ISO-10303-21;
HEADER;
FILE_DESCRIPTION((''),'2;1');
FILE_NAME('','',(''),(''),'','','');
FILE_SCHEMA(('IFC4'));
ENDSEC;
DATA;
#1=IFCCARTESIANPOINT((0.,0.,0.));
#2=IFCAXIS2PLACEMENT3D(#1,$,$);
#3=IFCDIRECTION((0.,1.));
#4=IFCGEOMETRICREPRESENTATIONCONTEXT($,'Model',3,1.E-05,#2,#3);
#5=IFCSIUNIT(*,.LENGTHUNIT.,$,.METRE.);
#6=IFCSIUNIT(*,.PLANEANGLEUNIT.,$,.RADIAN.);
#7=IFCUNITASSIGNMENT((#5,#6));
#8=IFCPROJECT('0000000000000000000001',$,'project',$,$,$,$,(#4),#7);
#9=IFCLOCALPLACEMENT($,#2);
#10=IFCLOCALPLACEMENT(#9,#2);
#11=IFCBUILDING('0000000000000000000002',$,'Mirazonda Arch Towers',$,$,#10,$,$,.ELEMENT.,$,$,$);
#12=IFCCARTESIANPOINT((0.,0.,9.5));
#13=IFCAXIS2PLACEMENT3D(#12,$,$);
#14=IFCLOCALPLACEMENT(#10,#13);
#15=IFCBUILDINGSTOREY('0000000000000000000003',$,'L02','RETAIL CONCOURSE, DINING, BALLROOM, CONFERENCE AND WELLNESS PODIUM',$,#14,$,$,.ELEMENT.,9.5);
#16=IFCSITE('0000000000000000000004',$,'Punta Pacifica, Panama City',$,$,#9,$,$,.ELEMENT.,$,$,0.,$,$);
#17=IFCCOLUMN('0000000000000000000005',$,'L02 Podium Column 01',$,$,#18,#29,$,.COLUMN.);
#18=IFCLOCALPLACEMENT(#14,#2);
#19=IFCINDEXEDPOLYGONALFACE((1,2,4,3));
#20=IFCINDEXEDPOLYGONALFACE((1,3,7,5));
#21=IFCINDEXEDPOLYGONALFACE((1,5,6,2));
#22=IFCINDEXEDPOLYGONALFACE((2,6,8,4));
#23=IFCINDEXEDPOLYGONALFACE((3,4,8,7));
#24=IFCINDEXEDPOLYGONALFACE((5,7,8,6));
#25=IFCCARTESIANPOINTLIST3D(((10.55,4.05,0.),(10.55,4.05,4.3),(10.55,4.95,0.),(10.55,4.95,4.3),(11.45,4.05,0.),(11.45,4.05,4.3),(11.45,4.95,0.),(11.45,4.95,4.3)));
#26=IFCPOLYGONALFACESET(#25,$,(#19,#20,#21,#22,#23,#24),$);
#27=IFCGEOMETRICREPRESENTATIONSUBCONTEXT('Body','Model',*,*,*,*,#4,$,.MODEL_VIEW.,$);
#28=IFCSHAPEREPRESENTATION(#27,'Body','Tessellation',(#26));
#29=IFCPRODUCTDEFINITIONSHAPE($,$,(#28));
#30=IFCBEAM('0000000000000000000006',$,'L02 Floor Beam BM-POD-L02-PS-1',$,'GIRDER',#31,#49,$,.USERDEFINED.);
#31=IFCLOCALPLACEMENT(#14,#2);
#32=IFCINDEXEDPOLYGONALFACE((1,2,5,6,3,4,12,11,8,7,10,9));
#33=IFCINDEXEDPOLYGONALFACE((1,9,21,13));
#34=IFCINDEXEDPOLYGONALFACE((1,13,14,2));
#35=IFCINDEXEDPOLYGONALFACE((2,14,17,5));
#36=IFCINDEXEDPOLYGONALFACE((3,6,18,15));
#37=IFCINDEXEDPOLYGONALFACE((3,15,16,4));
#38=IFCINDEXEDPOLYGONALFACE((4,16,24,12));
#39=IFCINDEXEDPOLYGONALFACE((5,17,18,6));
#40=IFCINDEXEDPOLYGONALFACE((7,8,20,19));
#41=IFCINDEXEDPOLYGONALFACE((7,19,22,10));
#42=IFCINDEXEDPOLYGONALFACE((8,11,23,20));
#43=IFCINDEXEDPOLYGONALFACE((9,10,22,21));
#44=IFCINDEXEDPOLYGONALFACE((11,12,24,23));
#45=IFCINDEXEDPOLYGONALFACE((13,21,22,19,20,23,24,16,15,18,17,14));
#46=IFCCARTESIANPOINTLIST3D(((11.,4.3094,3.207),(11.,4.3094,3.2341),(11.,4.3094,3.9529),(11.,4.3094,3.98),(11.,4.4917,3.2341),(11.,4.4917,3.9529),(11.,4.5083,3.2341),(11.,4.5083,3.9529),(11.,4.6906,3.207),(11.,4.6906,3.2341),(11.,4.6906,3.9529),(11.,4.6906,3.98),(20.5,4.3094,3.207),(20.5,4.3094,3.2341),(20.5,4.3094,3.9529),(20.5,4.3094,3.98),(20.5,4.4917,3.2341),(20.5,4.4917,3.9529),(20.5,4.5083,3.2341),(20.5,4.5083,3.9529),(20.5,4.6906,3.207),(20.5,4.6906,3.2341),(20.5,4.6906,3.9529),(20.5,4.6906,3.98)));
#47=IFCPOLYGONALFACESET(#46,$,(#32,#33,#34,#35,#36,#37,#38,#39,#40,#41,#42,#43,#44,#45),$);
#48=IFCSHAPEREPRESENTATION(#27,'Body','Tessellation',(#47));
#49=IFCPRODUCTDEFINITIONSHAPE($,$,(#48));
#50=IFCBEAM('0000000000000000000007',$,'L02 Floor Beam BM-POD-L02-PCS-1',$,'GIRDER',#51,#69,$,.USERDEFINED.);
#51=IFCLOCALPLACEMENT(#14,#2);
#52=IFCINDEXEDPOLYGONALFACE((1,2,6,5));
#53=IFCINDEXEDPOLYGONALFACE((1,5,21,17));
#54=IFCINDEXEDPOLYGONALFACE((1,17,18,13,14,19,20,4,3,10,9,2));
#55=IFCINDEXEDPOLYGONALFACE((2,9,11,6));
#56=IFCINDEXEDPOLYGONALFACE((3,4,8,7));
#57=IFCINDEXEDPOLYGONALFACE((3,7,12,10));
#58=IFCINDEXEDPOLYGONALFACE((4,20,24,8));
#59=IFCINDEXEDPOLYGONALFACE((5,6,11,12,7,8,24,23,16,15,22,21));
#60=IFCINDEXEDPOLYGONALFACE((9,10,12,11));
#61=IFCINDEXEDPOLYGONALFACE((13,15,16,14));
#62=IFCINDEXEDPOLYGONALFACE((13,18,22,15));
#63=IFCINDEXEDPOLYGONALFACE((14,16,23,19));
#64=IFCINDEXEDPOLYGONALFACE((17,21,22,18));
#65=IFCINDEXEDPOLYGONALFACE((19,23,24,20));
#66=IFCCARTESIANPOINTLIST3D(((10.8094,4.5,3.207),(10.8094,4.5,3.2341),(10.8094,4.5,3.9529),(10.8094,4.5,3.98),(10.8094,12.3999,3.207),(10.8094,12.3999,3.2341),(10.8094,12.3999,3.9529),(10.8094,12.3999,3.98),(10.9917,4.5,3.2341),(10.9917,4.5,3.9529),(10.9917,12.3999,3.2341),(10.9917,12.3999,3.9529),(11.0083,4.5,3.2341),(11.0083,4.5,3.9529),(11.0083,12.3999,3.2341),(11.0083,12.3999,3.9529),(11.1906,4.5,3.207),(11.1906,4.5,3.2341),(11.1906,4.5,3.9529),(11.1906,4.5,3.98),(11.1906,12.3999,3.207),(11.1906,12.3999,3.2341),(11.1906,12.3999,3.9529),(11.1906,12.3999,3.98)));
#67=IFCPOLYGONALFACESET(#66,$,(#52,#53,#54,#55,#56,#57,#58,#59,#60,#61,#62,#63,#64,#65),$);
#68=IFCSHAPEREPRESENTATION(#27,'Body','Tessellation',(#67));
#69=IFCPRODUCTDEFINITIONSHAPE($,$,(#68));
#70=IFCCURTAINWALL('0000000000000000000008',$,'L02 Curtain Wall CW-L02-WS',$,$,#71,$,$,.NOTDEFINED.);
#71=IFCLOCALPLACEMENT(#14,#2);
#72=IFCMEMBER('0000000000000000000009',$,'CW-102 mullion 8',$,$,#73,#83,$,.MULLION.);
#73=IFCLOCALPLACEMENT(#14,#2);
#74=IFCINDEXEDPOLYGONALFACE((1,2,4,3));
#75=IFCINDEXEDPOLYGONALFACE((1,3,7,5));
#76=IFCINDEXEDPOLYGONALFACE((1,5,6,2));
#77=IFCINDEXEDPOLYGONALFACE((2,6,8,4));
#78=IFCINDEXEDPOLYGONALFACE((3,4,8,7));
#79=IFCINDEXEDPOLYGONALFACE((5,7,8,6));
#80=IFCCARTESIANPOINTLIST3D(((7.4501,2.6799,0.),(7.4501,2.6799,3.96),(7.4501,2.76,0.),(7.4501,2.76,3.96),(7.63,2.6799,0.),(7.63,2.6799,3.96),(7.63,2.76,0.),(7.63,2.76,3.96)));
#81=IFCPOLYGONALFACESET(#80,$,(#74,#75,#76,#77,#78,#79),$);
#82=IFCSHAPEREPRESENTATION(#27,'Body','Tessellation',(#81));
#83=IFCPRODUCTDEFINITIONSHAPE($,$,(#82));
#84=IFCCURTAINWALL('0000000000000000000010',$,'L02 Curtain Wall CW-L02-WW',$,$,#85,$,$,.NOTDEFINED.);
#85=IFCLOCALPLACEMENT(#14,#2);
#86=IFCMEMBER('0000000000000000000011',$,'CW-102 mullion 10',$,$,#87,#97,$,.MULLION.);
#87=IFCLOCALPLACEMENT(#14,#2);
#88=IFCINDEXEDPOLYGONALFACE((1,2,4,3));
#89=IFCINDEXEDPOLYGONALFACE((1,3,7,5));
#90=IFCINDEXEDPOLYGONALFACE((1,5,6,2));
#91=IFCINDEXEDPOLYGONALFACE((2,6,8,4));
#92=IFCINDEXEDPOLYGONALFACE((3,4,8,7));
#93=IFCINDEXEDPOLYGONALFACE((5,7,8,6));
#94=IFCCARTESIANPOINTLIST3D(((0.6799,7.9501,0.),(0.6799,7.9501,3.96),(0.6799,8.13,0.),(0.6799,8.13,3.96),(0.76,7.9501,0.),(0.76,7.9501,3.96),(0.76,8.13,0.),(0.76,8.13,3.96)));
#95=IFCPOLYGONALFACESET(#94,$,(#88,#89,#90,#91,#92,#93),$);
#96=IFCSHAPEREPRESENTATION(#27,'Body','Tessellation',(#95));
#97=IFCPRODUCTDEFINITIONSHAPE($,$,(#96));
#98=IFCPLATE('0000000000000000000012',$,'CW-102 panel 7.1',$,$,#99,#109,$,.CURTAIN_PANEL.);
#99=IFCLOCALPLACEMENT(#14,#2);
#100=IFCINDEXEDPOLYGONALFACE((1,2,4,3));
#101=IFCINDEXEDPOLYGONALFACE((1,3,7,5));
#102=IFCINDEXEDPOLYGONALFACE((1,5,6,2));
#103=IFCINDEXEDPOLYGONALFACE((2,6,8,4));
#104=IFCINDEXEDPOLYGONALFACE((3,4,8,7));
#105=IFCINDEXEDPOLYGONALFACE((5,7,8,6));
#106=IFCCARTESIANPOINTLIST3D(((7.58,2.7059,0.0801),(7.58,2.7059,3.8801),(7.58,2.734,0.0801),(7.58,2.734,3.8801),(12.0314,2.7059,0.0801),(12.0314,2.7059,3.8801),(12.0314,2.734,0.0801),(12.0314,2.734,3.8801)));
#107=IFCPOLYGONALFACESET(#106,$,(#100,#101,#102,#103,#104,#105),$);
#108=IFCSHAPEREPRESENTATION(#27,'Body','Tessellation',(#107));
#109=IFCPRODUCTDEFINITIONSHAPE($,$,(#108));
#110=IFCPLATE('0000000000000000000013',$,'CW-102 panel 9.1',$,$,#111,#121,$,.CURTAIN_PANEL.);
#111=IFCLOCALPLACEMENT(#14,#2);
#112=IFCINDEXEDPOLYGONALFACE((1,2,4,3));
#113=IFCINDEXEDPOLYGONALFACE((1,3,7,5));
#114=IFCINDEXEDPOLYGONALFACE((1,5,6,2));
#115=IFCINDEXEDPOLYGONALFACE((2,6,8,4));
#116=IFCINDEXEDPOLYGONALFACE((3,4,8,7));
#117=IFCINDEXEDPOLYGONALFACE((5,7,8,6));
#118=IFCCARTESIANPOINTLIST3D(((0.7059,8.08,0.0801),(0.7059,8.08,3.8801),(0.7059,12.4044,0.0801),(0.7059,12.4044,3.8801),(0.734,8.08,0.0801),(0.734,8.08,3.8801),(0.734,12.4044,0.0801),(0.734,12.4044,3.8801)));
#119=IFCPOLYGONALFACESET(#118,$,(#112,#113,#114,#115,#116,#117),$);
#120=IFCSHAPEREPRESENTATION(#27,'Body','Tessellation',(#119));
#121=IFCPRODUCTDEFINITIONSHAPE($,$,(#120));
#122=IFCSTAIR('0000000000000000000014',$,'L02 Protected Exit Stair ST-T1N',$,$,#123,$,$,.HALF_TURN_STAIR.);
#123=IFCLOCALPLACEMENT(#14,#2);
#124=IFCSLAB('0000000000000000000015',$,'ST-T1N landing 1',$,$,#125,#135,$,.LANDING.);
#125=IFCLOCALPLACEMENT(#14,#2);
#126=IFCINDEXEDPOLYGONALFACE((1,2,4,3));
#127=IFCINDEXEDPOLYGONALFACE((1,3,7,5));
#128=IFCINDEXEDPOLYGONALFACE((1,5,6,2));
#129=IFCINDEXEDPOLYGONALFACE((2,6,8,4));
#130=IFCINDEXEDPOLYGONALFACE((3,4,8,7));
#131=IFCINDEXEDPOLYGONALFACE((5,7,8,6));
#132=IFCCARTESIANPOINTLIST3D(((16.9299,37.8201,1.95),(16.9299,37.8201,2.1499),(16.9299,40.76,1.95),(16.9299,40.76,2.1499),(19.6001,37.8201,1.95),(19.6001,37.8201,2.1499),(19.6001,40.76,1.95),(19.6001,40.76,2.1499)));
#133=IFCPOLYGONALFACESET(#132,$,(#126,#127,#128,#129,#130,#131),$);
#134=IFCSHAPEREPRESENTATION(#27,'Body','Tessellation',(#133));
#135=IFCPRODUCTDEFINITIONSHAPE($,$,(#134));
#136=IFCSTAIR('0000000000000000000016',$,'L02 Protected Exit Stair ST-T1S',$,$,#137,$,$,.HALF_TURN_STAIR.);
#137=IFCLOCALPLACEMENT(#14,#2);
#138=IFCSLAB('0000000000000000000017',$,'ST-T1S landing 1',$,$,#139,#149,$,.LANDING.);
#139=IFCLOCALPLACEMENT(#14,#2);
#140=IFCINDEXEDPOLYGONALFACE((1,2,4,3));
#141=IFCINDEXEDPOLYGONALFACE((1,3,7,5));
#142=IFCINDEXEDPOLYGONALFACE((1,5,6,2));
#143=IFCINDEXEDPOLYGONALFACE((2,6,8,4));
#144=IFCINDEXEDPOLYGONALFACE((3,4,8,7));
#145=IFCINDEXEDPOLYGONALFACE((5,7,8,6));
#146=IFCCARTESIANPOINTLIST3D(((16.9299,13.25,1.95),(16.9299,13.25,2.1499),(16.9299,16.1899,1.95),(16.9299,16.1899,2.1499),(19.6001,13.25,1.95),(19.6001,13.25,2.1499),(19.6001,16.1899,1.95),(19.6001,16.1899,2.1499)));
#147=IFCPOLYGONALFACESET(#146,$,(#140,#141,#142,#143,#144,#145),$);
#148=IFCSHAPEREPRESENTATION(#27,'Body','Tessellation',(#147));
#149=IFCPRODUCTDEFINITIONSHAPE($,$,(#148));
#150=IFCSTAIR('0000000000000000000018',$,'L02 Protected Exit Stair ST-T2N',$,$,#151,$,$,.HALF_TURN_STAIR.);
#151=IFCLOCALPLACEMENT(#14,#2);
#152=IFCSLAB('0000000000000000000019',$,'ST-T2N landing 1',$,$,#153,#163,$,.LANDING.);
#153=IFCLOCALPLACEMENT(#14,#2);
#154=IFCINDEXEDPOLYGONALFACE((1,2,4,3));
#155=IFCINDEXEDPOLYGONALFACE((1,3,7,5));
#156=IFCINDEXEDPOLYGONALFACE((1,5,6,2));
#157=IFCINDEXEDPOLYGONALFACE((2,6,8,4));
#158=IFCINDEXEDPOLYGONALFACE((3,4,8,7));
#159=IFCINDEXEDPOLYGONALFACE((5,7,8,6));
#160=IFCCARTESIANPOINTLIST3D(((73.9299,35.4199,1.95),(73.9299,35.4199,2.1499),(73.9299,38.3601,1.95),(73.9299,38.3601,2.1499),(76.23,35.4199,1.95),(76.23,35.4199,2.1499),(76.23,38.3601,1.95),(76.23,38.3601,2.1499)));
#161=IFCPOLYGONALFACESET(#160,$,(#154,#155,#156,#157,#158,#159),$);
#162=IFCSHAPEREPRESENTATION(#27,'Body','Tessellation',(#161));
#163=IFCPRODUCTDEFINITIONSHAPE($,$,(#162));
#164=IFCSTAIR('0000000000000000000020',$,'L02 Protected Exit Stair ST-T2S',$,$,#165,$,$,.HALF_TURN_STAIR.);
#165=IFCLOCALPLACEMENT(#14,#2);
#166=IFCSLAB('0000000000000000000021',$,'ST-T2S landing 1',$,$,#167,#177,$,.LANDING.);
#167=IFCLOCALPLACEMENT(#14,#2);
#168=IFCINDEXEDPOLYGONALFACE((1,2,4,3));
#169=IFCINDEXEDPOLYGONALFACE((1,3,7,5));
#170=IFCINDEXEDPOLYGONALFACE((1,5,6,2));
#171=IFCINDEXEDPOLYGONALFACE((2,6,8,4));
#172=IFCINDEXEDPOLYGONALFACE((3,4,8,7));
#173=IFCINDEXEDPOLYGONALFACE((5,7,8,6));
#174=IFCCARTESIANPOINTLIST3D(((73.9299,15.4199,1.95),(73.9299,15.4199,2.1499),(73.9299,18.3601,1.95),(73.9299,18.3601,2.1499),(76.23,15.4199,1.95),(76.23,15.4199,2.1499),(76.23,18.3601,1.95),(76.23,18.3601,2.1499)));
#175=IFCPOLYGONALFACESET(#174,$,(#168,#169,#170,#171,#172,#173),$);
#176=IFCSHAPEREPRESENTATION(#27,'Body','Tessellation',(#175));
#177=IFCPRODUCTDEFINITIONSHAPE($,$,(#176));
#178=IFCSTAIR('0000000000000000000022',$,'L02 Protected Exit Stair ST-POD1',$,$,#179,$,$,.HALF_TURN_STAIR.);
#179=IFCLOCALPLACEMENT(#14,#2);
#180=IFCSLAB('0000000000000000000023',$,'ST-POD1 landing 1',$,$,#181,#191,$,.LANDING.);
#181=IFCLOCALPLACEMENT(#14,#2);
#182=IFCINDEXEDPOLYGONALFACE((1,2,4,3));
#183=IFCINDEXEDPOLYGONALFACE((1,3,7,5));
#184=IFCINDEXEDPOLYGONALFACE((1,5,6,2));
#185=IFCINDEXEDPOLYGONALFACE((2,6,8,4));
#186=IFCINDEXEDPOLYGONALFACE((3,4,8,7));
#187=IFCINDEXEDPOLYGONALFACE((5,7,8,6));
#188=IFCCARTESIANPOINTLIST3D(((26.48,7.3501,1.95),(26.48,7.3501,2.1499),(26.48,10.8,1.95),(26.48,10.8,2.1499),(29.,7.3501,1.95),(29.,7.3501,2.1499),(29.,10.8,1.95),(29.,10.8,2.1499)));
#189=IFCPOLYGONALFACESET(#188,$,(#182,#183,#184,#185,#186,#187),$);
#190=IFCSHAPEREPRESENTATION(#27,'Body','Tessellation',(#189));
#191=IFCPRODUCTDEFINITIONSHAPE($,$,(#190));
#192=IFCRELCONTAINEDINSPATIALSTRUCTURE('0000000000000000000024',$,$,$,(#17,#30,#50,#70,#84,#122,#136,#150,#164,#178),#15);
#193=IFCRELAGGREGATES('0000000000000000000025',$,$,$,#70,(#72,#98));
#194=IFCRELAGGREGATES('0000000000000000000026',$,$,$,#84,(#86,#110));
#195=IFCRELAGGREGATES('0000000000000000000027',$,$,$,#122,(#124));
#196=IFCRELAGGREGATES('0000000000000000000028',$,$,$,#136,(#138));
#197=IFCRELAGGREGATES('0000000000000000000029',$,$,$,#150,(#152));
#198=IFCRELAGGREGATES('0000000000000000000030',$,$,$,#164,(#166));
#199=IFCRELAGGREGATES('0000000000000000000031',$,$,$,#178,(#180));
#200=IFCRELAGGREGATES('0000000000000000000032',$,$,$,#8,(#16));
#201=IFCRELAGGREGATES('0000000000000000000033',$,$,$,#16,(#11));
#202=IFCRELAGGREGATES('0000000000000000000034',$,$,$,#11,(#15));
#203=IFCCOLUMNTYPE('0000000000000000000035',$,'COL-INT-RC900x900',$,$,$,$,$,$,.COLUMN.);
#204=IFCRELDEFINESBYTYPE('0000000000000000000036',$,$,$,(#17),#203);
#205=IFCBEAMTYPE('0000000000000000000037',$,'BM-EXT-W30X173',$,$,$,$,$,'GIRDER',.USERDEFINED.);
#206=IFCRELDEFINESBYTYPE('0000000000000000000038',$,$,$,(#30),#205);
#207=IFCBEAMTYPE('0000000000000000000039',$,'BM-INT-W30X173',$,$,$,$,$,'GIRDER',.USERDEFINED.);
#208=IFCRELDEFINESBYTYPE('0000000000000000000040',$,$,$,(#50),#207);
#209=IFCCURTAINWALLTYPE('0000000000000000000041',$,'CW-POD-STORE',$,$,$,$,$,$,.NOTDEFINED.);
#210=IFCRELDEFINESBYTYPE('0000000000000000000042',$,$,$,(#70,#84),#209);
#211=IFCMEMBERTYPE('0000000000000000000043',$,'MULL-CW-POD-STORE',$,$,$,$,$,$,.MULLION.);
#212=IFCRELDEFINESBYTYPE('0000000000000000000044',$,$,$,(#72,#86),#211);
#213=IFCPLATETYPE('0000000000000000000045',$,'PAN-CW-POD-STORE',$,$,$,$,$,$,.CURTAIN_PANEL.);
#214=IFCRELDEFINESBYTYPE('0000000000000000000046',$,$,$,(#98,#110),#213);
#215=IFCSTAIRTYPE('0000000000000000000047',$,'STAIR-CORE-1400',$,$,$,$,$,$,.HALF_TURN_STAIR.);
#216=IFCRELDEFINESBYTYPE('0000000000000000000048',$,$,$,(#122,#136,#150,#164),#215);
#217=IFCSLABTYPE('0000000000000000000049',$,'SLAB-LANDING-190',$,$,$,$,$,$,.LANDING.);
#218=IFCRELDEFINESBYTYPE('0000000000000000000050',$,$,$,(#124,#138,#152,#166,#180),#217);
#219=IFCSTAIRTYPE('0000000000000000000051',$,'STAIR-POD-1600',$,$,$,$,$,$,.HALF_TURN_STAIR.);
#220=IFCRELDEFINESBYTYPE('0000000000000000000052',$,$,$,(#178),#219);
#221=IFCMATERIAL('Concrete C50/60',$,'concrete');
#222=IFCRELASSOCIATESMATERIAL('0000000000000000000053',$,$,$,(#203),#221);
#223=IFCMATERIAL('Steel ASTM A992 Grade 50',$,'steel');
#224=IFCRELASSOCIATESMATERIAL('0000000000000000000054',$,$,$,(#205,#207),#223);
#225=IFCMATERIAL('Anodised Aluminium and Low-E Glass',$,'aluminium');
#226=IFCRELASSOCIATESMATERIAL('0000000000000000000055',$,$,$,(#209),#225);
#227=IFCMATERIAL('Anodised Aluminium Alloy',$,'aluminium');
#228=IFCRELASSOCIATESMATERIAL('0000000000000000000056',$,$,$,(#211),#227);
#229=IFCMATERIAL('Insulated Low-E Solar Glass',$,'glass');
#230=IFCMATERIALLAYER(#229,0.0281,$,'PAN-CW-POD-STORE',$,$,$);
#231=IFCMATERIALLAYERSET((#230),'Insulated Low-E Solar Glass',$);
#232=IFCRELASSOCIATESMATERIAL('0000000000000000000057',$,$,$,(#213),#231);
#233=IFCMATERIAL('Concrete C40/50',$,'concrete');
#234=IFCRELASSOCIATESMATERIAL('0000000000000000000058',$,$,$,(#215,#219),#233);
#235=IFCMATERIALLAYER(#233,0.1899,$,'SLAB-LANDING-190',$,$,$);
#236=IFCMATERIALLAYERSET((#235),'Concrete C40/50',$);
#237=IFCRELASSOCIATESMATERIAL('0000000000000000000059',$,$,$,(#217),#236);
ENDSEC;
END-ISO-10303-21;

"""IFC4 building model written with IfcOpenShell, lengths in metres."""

from ifc_helpers import new_model, si_unit, direction, frame, origin, origin_2d, place, context, subcontext, project, spatial, polyline, rectangle, i_section, outline, extrude, material, layer, layer_set, material_profile, profile_set, type_object, element, aggregate, save


model = new_model("IFC4")

# Units and contexts
model_context = context("Model", 3, precision=1e-05, world=origin(), true_north=direction((0.0, 1.0)))
body_context = subcontext(model_context, "Body", "Model", "MODEL_VIEW")
ifc_project = project(units=[si_unit("LENGTHUNIT", "METRE"), si_unit("PLANEANGLEUNIT", "RADIAN")], contexts=[model_context])

# Site, building, storey
site_placement = place(None, origin())
site = spatial("IfcSite", under=ifc_project, at=site_placement, Name="Punta Pacifica, Panama City", CompositionType="ELEMENT", RefElevation=0.0)
building_placement = place(site_placement, origin())
building = spatial("IfcBuilding", under=site, at=building_placement, Name="Mirazonda Arch Towers", CompositionType="ELEMENT")
storey_placement = place(building_placement, frame((0.0, 0.0, 9.5)))
storey = spatial("IfcBuildingStorey", under=building, at=storey_placement, Name="L02", Description="RETAIL CONCOURSE, DINING, BALLROOM, CONFERENCE AND WELLNESS PODIUM", CompositionType="ELEMENT", Elevation=9.5)

# Column
ifc_material_1 = material(Name="Concrete C50/60", Category="concrete")
ifc_material_profile_1 = material_profile(ifc_material_1, rectangle(XDim=0.8999, YDim=0.8999, at=origin_2d()), Name="RC900x900")
ifc_profile_set_1 = profile_set([ifc_material_profile_1], Name="Concrete C50/60")
column_type = type_object("IfcColumnType", Name="COL-INT-RC900x900", PredefinedType="COLUMN", material=ifc_profile_set_1)
column_placement = place(storey_placement, frame((11.0, 4.5, 0.0), z_axis=(0.0, 0.0, 1.0), x_axis=(1.0, 0.0, 0.0)))
element("IfcColumn", 1, at=column_placement, inside=storey, type_object=column_type, Name="L02 Podium Column 01", PredefinedType="COLUMN", context=body_context, shape_type="SweptSolid", body=[
    extrude(rectangle(XDim=0.8999, YDim=0.8999, at=origin_2d()), origin(), (0.0, 0.0, 1.0), 4.3),
])

# Beams
ifc_material_2 = material(Name="Steel ASTM A992 Grade 50", Category="steel")
ifc_material_profile_2 = material_profile(ifc_material_2, i_section(OverallWidth=0.3811, OverallDepth=0.7729, WebThickness=0.0166, FlangeThickness=0.0271, at=origin_2d()), Name="W30X173")
ifc_profile_set_2 = profile_set([ifc_material_profile_2], Name="Steel ASTM A992 Grade 50")
beam_type_1 = type_object("IfcBeamType", Name="BM-EXT-W30X173", ElementType="GIRDER", PredefinedType="USERDEFINED", material=ifc_profile_set_2)
beam_1_placement = place(storey_placement, frame((11.0, 4.5, 3.5935), z_axis=(1.0, 0.0, 0.0), x_axis=(0.0, 1.0, 0.0)))
element("IfcBeam", 2, at=beam_1_placement, inside=storey, type_object=beam_type_1, Name="L02 Floor Beam BM-POD-L02-PS-1", ObjectType="GIRDER", PredefinedType="USERDEFINED", context=body_context, shape_type="SweptSolid", body=[
    extrude(i_section(OverallWidth=0.3811, OverallDepth=0.7729, WebThickness=0.0166, FlangeThickness=0.0271, at=origin_2d()), origin(), (0.0, 0.0, 1.0), 9.5),
])
ifc_material_profile_3 = material_profile(ifc_material_2, i_section(OverallWidth=0.3811, OverallDepth=0.7729, WebThickness=0.0166, FlangeThickness=0.0271, at=origin_2d()), Name="W30X173")
ifc_profile_set_3 = profile_set([ifc_material_profile_3], Name="Steel ASTM A992 Grade 50")
beam_type_2 = type_object("IfcBeamType", Name="BM-INT-W30X173", ElementType="GIRDER", PredefinedType="USERDEFINED", material=ifc_profile_set_3)
beam_2_placement = place(storey_placement, frame((11.0, 4.5, 3.5935), z_axis=(0.0, 1.0, 0.0), x_axis=(-1.0, 0.0, 0.0)))
element("IfcBeam", 3, at=beam_2_placement, inside=storey, type_object=beam_type_2, Name="L02 Floor Beam BM-POD-L02-PCS-1", ObjectType="GIRDER", PredefinedType="USERDEFINED", context=body_context, shape_type="SweptSolid", body=[
    extrude(i_section(OverallWidth=0.3811, OverallDepth=0.7729, WebThickness=0.0166, FlangeThickness=0.0271, at=origin_2d()), origin(), (0.0, 0.0, 1.0), 7.8999),
])

# Curtain walls, members
ifc_material_3 = material(Name="Anodised Aluminium and Low-E Glass", Category="aluminium")
curtain_wall_type = type_object("IfcCurtainWallType", Name="CW-POD-STORE", PredefinedType="NOTDEFINED", material=ifc_material_3)
curtain_wall_1_placement = place(storey_placement, origin())
curtain_wall_1 = element("IfcCurtainWall", 4, at=curtain_wall_1_placement, inside=storey, type_object=curtain_wall_type, Name="L02 Curtain Wall CW-L02-WS", PredefinedType="NOTDEFINED")
ifc_material_4 = material(Name="Anodised Aluminium Alloy", Category="aluminium")
ifc_material_profile_4 = material_profile(ifc_material_4, rectangle(XDim=0.0801, YDim=0.1799, at=origin_2d()), Name="ALU-MULL-80x180")
ifc_profile_set_4 = profile_set([ifc_material_profile_4], Name="Anodised Aluminium Alloy")
member_type = type_object("IfcMemberType", Name="MULL-CW-POD-STORE", PredefinedType="MULLION", material=ifc_profile_set_4)
member_1_placement = place(storey_placement, frame((7.54, 2.72, 0.0), z_axis=(0.0, 0.0, 1.0), x_axis=(0.0, -1.0, 0.0)))
member_1 = element("IfcMember", 5, at=member_1_placement, type_object=member_type, Name="CW-102 mullion 8", PredefinedType="MULLION", context=body_context, shape_type="SweptSolid", body=[
    extrude(rectangle(XDim=0.0801, YDim=0.1799, at=origin_2d()), origin(), (0.0, 0.0, 1.0), 3.96),
])
curtain_wall_2_placement = place(storey_placement, origin())
curtain_wall_2 = element("IfcCurtainWall", 6, at=curtain_wall_2_placement, inside=storey, type_object=curtain_wall_type, Name="L02 Curtain Wall CW-L02-WW", PredefinedType="NOTDEFINED")
member_2_placement = place(storey_placement, frame((0.72, 8.04, 0.0), z_axis=(0.0, 0.0, 1.0), x_axis=(1.0, 0.0, 0.0)))
member_2 = element("IfcMember", 7, at=member_2_placement, type_object=member_type, Name="CW-102 mullion 10", PredefinedType="MULLION", context=body_context, shape_type="SweptSolid", body=[
    extrude(rectangle(XDim=0.0801, YDim=0.1799, at=origin_2d()), origin(), (0.0, 0.0, 1.0), 3.96),
])

# Plates
ifc_material_5 = material(Name="Insulated Low-E Solar Glass", Category="glass")
ifc_layer_1 = layer(ifc_material_5, 0.0281, Name="PAN-CW-POD-STORE")
ifc_layer_set_1 = layer_set([ifc_layer_1], Name="Insulated Low-E Solar Glass")
plate_type = type_object("IfcPlateType", Name="PAN-CW-POD-STORE", PredefinedType="CURTAIN_PANEL", material=ifc_layer_set_1)
plate_1_placement = place(storey_placement, frame((9.8057, 2.72, 0.0801), z_axis=(0.0, 0.0, 1.0), x_axis=(-1.0, 0.0, 0.0)))
plate_1 = element("IfcPlate", 8, at=plate_1_placement, type_object=plate_type, Name="CW-102 panel 7.1", PredefinedType="CURTAIN_PANEL", context=body_context, shape_type="SweptSolid", body=[
    extrude(rectangle(XDim=4.4514, YDim=0.0281, at=origin_2d()), origin(), (0.0, 0.0, 1.0), 3.8),
])
aggregate(curtain_wall_1, [member_1, plate_1])
plate_2_placement = place(storey_placement, frame((0.72, 10.2422, 0.0801), z_axis=(0.0, 0.0, 1.0), x_axis=(0.0, -1.0, 0.0)))
plate_2 = element("IfcPlate", 9, at=plate_2_placement, type_object=plate_type, Name="CW-102 panel 9.1", PredefinedType="CURTAIN_PANEL", context=body_context, shape_type="SweptSolid", body=[
    extrude(rectangle(XDim=4.3245, YDim=0.0281, at=origin_2d()), origin(), (0.0, 0.0, 1.0), 3.8),
])
aggregate(curtain_wall_2, [member_2, plate_2])

# Stairs, slabs
ifc_material_6 = material(Name="Concrete C40/50", Category="concrete")
stair_type_1 = type_object("IfcStairType", Name="STAIR-CORE-1400", PredefinedType="HALF_TURN_STAIR", material=ifc_material_6)
stair_1_placement = place(storey_placement, origin())
stair_1 = element("IfcStair", 10, at=stair_1_placement, inside=storey, type_object=stair_type_1, Name="L02 Protected Exit Stair ST-T1N", PredefinedType="HALF_TURN_STAIR")
ifc_layer_2 = layer(ifc_material_6, 0.1899, Name="SLAB-LANDING-190")
ifc_layer_set_2 = layer_set([ifc_layer_2], Name="Concrete C40/50")
slab_type_1 = type_object("IfcSlabType", Name="SLAB-LANDING-190", PredefinedType="LANDING", material=ifc_layer_set_2)
slab_1_placement = place(storey_placement, frame((0.0, 0.0, 1.95)))
slab_1 = element("IfcSlab", 11, at=slab_1_placement, type_object=slab_type_1, Name="ST-T1N landing 1", PredefinedType="LANDING", context=body_context, shape_type="SweptSolid", body=[
    extrude(outline(polyline([(16.9299, 37.8201), (19.6001, 37.8201), (19.6001, 40.76), (16.9299, 40.76), (16.9299, 37.8201)])), origin(), (0.0, 0.0, 1.0), 0.2),
])
aggregate(stair_1, [slab_1])
stair_2_placement = place(storey_placement, origin())
stair_2 = element("IfcStair", 12, at=stair_2_placement, inside=storey, type_object=stair_type_1, Name="L02 Protected Exit Stair ST-T1S", PredefinedType="HALF_TURN_STAIR")
slab_2_placement = place(storey_placement, frame((0.0, 0.0, 1.95)))
slab_2 = element("IfcSlab", 13, at=slab_2_placement, type_object=slab_type_1, Name="ST-T1S landing 1", PredefinedType="LANDING", context=body_context, shape_type="SweptSolid", body=[
    extrude(outline(polyline([(16.9299, 13.25), (19.6001, 13.25), (19.6001, 16.1899), (16.9299, 16.1899), (16.9299, 13.25)])), origin(), (0.0, 0.0, 1.0), 0.2),
])
aggregate(stair_2, [slab_2])
stair_3_placement = place(storey_placement, origin())
stair_3 = element("IfcStair", 14, at=stair_3_placement, inside=storey, type_object=stair_type_1, Name="L02 Protected Exit Stair ST-T2N", PredefinedType="HALF_TURN_STAIR")
slab_3_placement = place(storey_placement, frame((0.0, 0.0, 1.95)))
slab_3 = element("IfcSlab", 15, at=slab_3_placement, type_object=slab_type_1, Name="ST-T2N landing 1", PredefinedType="LANDING", context=body_context, shape_type="SweptSolid", body=[
    extrude(outline(polyline([(73.9299, 35.4199), (76.23, 35.4199), (76.23, 38.3601), (73.9299, 38.3601), (73.9299, 35.4199)])), origin(), (0.0, 0.0, 1.0), 0.2),
])
aggregate(stair_3, [slab_3])
stair_4_placement = place(storey_placement, origin())
stair_4 = element("IfcStair", 16, at=stair_4_placement, inside=storey, type_object=stair_type_1, Name="L02 Protected Exit Stair ST-T2S", PredefinedType="HALF_TURN_STAIR")
slab_4_placement = place(storey_placement, frame((0.0, 0.0, 1.95)))
slab_4 = element("IfcSlab", 17, at=slab_4_placement, type_object=slab_type_1, Name="ST-T2S landing 1", PredefinedType="LANDING", context=body_context, shape_type="SweptSolid", body=[
    extrude(outline(polyline([(73.9299, 15.4199), (76.23, 15.4199), (76.23, 18.3601), (73.9299, 18.3601), (73.9299, 15.4199)])), origin(), (0.0, 0.0, 1.0), 0.2),
])
aggregate(stair_4, [slab_4])
stair_type_2 = type_object("IfcStairType", Name="STAIR-POD-1600", PredefinedType="HALF_TURN_STAIR", material=ifc_material_6)
stair_5_placement = place(storey_placement, origin())
stair_5 = element("IfcStair", 18, at=stair_5_placement, inside=storey, type_object=stair_type_2, Name="L02 Protected Exit Stair ST-POD1", PredefinedType="HALF_TURN_STAIR")
slab_5_placement = place(storey_placement, frame((0.0, 0.0, 1.95)))
slab_5 = element("IfcSlab", 19, at=slab_5_placement, type_object=slab_type_1, Name="ST-POD1 landing 1", PredefinedType="LANDING", context=body_context, shape_type="SweptSolid", body=[
    extrude(outline(polyline([(26.48, 7.3501), (29.0, 7.3501), (29.0, 10.8), (26.48, 10.8), (26.48, 7.3501)])), origin(), (0.0, 0.0, 1.0), 0.2),
])
aggregate(stair_5, [slab_5])

save(model, "model.ifc")
